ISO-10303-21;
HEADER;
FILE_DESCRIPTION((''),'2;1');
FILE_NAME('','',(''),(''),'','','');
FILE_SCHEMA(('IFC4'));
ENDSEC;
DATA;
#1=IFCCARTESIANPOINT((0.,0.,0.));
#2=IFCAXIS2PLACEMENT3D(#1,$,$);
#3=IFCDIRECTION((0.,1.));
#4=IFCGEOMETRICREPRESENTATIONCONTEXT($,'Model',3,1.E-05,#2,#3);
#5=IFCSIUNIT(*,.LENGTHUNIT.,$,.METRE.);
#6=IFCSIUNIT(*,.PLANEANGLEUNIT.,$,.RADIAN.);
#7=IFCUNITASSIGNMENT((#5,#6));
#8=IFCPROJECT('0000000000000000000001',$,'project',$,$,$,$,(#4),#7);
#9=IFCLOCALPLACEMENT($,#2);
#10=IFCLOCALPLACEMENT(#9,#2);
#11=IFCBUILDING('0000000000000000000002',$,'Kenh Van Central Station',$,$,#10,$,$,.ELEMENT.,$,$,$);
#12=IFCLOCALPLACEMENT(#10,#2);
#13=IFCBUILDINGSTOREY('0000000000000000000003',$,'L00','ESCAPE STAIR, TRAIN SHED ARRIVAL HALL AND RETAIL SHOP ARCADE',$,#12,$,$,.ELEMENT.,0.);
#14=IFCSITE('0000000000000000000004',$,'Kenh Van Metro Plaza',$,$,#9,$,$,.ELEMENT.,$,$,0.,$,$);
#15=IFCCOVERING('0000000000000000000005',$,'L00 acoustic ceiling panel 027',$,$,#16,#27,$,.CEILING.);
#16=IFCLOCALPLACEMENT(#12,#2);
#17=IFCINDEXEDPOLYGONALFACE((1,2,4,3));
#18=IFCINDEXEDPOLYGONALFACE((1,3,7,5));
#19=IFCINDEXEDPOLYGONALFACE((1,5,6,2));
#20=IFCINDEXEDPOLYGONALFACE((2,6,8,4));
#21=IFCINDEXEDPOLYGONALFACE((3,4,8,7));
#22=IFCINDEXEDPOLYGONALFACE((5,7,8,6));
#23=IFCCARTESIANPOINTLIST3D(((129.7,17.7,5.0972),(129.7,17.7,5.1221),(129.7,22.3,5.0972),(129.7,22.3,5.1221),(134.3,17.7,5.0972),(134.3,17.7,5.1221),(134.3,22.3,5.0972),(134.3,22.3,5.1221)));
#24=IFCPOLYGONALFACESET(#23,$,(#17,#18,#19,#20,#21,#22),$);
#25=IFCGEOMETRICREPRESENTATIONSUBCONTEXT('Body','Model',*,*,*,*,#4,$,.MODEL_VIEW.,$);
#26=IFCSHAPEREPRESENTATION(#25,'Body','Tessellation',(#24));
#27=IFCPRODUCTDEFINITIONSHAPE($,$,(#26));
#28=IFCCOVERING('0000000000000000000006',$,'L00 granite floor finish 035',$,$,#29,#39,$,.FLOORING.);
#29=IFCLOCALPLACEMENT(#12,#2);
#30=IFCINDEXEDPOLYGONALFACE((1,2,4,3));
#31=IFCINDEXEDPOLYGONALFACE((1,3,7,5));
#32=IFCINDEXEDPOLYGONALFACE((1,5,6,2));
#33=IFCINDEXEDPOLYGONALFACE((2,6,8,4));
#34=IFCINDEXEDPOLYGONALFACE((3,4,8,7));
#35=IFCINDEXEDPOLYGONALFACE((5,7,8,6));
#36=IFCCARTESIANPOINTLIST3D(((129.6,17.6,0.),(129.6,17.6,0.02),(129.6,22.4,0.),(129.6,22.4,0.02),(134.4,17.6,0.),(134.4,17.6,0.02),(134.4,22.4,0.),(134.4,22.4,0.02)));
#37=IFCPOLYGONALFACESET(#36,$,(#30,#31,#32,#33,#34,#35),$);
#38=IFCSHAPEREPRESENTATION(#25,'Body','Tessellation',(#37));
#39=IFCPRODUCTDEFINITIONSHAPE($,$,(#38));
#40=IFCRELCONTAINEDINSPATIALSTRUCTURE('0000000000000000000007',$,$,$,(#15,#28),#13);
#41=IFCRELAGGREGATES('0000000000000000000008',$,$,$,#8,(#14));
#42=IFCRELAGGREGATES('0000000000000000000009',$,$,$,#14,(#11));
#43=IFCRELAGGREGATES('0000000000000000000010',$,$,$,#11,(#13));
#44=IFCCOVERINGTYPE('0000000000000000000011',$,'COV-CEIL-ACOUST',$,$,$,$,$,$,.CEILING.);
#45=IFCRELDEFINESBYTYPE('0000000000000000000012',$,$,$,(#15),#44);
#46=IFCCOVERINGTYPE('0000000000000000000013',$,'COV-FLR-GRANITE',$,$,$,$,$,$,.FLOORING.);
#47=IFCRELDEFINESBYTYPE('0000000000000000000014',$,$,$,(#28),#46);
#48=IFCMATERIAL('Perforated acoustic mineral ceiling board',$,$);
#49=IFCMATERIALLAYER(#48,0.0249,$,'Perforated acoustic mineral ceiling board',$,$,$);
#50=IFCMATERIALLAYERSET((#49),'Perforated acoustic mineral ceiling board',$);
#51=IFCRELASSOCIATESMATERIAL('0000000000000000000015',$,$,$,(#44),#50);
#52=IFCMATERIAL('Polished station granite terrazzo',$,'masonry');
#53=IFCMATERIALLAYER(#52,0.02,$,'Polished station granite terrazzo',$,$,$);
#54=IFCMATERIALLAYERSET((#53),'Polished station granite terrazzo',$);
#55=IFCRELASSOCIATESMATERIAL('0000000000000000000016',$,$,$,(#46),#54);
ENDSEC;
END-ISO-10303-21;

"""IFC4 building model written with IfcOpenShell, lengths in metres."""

from ifc_helpers import new_model, si_unit, direction, frame, origin, origin_2d, place, context, subcontext, project, spatial, rectangle, extrude, material, layer, layer_set, type_object, element, save


model = new_model("IFC4")

# Units and contexts
model_context = context("Model", 3, precision=1e-05, world=origin(), true_north=direction((0.0, 1.0)))
body_context = subcontext(model_context, "Body", "Model", "MODEL_VIEW")
ifc_project = project(units=[si_unit("LENGTHUNIT", "METRE"), si_unit("PLANEANGLEUNIT", "RADIAN")], contexts=[model_context])

# Site, building, storey
site_placement = place(None, origin())
site = spatial("IfcSite", under=ifc_project, at=site_placement, Name="Kenh Van Metro Plaza", CompositionType="ELEMENT", RefElevation=0.0)
building_placement = place(site_placement, origin())
building = spatial("IfcBuilding", under=site, at=building_placement, Name="Kenh Van Central Station", CompositionType="ELEMENT")
storey_placement = place(building_placement, origin())
storey = spatial("IfcBuildingStorey", under=building, at=storey_placement, Name="L00", Description="ESCAPE STAIR, TRAIN SHED ARRIVAL HALL AND RETAIL SHOP ARCADE", CompositionType="ELEMENT", Elevation=0.0)

# Coverings
ifc_material_1 = material(Name="Perforated acoustic mineral ceiling board")
ifc_layer_1 = layer(ifc_material_1, 0.0249, Name="Perforated acoustic mineral ceiling board")
ifc_layer_set_1 = layer_set([ifc_layer_1], Name="Perforated acoustic mineral ceiling board")
covering_type_1 = type_object("IfcCoveringType", Name="COV-CEIL-ACOUST", PredefinedType="CEILING", material=ifc_layer_set_1)
covering_1_placement = place(storey_placement, frame((132.0, 20.0, 5.0972), z_axis=(0.0, 0.0, 1.0), x_axis=(1.0, 0.0, 0.0)))
element("IfcCovering", 1, at=covering_1_placement, inside=storey, type_object=covering_type_1, Name="L00 acoustic ceiling panel 027", PredefinedType="CEILING", context=body_context, shape_type="SweptSolid", body=[
    extrude(rectangle(XDim=4.6001, YDim=4.6001, at=origin_2d()), origin(), (0.0, 0.0, 1.0), 0.0249),
])
ifc_material_2 = material(Name="Polished station granite terrazzo", Category="masonry")
ifc_layer_2 = layer(ifc_material_2, 0.02, Name="Polished station granite terrazzo")
ifc_layer_set_2 = layer_set([ifc_layer_2], Name="Polished station granite terrazzo")
covering_type_2 = type_object("IfcCoveringType", Name="COV-FLR-GRANITE", PredefinedType="FLOORING", material=ifc_layer_set_2)
covering_2_placement = place(storey_placement, frame((132.0, 20.0, 0.0), z_axis=(0.0, 0.0, 1.0), x_axis=(1.0, 0.0, 0.0)))
element("IfcCovering", 2, at=covering_2_placement, inside=storey, type_object=covering_type_2, Name="L00 granite floor finish 035", PredefinedType="FLOORING", context=body_context, shape_type="SweptSolid", body=[
    extrude(rectangle(XDim=4.8, YDim=4.8, at=origin_2d()), origin(), (0.0, 0.0, 1.0), 0.02),
])

save(model, "model.ifc")
